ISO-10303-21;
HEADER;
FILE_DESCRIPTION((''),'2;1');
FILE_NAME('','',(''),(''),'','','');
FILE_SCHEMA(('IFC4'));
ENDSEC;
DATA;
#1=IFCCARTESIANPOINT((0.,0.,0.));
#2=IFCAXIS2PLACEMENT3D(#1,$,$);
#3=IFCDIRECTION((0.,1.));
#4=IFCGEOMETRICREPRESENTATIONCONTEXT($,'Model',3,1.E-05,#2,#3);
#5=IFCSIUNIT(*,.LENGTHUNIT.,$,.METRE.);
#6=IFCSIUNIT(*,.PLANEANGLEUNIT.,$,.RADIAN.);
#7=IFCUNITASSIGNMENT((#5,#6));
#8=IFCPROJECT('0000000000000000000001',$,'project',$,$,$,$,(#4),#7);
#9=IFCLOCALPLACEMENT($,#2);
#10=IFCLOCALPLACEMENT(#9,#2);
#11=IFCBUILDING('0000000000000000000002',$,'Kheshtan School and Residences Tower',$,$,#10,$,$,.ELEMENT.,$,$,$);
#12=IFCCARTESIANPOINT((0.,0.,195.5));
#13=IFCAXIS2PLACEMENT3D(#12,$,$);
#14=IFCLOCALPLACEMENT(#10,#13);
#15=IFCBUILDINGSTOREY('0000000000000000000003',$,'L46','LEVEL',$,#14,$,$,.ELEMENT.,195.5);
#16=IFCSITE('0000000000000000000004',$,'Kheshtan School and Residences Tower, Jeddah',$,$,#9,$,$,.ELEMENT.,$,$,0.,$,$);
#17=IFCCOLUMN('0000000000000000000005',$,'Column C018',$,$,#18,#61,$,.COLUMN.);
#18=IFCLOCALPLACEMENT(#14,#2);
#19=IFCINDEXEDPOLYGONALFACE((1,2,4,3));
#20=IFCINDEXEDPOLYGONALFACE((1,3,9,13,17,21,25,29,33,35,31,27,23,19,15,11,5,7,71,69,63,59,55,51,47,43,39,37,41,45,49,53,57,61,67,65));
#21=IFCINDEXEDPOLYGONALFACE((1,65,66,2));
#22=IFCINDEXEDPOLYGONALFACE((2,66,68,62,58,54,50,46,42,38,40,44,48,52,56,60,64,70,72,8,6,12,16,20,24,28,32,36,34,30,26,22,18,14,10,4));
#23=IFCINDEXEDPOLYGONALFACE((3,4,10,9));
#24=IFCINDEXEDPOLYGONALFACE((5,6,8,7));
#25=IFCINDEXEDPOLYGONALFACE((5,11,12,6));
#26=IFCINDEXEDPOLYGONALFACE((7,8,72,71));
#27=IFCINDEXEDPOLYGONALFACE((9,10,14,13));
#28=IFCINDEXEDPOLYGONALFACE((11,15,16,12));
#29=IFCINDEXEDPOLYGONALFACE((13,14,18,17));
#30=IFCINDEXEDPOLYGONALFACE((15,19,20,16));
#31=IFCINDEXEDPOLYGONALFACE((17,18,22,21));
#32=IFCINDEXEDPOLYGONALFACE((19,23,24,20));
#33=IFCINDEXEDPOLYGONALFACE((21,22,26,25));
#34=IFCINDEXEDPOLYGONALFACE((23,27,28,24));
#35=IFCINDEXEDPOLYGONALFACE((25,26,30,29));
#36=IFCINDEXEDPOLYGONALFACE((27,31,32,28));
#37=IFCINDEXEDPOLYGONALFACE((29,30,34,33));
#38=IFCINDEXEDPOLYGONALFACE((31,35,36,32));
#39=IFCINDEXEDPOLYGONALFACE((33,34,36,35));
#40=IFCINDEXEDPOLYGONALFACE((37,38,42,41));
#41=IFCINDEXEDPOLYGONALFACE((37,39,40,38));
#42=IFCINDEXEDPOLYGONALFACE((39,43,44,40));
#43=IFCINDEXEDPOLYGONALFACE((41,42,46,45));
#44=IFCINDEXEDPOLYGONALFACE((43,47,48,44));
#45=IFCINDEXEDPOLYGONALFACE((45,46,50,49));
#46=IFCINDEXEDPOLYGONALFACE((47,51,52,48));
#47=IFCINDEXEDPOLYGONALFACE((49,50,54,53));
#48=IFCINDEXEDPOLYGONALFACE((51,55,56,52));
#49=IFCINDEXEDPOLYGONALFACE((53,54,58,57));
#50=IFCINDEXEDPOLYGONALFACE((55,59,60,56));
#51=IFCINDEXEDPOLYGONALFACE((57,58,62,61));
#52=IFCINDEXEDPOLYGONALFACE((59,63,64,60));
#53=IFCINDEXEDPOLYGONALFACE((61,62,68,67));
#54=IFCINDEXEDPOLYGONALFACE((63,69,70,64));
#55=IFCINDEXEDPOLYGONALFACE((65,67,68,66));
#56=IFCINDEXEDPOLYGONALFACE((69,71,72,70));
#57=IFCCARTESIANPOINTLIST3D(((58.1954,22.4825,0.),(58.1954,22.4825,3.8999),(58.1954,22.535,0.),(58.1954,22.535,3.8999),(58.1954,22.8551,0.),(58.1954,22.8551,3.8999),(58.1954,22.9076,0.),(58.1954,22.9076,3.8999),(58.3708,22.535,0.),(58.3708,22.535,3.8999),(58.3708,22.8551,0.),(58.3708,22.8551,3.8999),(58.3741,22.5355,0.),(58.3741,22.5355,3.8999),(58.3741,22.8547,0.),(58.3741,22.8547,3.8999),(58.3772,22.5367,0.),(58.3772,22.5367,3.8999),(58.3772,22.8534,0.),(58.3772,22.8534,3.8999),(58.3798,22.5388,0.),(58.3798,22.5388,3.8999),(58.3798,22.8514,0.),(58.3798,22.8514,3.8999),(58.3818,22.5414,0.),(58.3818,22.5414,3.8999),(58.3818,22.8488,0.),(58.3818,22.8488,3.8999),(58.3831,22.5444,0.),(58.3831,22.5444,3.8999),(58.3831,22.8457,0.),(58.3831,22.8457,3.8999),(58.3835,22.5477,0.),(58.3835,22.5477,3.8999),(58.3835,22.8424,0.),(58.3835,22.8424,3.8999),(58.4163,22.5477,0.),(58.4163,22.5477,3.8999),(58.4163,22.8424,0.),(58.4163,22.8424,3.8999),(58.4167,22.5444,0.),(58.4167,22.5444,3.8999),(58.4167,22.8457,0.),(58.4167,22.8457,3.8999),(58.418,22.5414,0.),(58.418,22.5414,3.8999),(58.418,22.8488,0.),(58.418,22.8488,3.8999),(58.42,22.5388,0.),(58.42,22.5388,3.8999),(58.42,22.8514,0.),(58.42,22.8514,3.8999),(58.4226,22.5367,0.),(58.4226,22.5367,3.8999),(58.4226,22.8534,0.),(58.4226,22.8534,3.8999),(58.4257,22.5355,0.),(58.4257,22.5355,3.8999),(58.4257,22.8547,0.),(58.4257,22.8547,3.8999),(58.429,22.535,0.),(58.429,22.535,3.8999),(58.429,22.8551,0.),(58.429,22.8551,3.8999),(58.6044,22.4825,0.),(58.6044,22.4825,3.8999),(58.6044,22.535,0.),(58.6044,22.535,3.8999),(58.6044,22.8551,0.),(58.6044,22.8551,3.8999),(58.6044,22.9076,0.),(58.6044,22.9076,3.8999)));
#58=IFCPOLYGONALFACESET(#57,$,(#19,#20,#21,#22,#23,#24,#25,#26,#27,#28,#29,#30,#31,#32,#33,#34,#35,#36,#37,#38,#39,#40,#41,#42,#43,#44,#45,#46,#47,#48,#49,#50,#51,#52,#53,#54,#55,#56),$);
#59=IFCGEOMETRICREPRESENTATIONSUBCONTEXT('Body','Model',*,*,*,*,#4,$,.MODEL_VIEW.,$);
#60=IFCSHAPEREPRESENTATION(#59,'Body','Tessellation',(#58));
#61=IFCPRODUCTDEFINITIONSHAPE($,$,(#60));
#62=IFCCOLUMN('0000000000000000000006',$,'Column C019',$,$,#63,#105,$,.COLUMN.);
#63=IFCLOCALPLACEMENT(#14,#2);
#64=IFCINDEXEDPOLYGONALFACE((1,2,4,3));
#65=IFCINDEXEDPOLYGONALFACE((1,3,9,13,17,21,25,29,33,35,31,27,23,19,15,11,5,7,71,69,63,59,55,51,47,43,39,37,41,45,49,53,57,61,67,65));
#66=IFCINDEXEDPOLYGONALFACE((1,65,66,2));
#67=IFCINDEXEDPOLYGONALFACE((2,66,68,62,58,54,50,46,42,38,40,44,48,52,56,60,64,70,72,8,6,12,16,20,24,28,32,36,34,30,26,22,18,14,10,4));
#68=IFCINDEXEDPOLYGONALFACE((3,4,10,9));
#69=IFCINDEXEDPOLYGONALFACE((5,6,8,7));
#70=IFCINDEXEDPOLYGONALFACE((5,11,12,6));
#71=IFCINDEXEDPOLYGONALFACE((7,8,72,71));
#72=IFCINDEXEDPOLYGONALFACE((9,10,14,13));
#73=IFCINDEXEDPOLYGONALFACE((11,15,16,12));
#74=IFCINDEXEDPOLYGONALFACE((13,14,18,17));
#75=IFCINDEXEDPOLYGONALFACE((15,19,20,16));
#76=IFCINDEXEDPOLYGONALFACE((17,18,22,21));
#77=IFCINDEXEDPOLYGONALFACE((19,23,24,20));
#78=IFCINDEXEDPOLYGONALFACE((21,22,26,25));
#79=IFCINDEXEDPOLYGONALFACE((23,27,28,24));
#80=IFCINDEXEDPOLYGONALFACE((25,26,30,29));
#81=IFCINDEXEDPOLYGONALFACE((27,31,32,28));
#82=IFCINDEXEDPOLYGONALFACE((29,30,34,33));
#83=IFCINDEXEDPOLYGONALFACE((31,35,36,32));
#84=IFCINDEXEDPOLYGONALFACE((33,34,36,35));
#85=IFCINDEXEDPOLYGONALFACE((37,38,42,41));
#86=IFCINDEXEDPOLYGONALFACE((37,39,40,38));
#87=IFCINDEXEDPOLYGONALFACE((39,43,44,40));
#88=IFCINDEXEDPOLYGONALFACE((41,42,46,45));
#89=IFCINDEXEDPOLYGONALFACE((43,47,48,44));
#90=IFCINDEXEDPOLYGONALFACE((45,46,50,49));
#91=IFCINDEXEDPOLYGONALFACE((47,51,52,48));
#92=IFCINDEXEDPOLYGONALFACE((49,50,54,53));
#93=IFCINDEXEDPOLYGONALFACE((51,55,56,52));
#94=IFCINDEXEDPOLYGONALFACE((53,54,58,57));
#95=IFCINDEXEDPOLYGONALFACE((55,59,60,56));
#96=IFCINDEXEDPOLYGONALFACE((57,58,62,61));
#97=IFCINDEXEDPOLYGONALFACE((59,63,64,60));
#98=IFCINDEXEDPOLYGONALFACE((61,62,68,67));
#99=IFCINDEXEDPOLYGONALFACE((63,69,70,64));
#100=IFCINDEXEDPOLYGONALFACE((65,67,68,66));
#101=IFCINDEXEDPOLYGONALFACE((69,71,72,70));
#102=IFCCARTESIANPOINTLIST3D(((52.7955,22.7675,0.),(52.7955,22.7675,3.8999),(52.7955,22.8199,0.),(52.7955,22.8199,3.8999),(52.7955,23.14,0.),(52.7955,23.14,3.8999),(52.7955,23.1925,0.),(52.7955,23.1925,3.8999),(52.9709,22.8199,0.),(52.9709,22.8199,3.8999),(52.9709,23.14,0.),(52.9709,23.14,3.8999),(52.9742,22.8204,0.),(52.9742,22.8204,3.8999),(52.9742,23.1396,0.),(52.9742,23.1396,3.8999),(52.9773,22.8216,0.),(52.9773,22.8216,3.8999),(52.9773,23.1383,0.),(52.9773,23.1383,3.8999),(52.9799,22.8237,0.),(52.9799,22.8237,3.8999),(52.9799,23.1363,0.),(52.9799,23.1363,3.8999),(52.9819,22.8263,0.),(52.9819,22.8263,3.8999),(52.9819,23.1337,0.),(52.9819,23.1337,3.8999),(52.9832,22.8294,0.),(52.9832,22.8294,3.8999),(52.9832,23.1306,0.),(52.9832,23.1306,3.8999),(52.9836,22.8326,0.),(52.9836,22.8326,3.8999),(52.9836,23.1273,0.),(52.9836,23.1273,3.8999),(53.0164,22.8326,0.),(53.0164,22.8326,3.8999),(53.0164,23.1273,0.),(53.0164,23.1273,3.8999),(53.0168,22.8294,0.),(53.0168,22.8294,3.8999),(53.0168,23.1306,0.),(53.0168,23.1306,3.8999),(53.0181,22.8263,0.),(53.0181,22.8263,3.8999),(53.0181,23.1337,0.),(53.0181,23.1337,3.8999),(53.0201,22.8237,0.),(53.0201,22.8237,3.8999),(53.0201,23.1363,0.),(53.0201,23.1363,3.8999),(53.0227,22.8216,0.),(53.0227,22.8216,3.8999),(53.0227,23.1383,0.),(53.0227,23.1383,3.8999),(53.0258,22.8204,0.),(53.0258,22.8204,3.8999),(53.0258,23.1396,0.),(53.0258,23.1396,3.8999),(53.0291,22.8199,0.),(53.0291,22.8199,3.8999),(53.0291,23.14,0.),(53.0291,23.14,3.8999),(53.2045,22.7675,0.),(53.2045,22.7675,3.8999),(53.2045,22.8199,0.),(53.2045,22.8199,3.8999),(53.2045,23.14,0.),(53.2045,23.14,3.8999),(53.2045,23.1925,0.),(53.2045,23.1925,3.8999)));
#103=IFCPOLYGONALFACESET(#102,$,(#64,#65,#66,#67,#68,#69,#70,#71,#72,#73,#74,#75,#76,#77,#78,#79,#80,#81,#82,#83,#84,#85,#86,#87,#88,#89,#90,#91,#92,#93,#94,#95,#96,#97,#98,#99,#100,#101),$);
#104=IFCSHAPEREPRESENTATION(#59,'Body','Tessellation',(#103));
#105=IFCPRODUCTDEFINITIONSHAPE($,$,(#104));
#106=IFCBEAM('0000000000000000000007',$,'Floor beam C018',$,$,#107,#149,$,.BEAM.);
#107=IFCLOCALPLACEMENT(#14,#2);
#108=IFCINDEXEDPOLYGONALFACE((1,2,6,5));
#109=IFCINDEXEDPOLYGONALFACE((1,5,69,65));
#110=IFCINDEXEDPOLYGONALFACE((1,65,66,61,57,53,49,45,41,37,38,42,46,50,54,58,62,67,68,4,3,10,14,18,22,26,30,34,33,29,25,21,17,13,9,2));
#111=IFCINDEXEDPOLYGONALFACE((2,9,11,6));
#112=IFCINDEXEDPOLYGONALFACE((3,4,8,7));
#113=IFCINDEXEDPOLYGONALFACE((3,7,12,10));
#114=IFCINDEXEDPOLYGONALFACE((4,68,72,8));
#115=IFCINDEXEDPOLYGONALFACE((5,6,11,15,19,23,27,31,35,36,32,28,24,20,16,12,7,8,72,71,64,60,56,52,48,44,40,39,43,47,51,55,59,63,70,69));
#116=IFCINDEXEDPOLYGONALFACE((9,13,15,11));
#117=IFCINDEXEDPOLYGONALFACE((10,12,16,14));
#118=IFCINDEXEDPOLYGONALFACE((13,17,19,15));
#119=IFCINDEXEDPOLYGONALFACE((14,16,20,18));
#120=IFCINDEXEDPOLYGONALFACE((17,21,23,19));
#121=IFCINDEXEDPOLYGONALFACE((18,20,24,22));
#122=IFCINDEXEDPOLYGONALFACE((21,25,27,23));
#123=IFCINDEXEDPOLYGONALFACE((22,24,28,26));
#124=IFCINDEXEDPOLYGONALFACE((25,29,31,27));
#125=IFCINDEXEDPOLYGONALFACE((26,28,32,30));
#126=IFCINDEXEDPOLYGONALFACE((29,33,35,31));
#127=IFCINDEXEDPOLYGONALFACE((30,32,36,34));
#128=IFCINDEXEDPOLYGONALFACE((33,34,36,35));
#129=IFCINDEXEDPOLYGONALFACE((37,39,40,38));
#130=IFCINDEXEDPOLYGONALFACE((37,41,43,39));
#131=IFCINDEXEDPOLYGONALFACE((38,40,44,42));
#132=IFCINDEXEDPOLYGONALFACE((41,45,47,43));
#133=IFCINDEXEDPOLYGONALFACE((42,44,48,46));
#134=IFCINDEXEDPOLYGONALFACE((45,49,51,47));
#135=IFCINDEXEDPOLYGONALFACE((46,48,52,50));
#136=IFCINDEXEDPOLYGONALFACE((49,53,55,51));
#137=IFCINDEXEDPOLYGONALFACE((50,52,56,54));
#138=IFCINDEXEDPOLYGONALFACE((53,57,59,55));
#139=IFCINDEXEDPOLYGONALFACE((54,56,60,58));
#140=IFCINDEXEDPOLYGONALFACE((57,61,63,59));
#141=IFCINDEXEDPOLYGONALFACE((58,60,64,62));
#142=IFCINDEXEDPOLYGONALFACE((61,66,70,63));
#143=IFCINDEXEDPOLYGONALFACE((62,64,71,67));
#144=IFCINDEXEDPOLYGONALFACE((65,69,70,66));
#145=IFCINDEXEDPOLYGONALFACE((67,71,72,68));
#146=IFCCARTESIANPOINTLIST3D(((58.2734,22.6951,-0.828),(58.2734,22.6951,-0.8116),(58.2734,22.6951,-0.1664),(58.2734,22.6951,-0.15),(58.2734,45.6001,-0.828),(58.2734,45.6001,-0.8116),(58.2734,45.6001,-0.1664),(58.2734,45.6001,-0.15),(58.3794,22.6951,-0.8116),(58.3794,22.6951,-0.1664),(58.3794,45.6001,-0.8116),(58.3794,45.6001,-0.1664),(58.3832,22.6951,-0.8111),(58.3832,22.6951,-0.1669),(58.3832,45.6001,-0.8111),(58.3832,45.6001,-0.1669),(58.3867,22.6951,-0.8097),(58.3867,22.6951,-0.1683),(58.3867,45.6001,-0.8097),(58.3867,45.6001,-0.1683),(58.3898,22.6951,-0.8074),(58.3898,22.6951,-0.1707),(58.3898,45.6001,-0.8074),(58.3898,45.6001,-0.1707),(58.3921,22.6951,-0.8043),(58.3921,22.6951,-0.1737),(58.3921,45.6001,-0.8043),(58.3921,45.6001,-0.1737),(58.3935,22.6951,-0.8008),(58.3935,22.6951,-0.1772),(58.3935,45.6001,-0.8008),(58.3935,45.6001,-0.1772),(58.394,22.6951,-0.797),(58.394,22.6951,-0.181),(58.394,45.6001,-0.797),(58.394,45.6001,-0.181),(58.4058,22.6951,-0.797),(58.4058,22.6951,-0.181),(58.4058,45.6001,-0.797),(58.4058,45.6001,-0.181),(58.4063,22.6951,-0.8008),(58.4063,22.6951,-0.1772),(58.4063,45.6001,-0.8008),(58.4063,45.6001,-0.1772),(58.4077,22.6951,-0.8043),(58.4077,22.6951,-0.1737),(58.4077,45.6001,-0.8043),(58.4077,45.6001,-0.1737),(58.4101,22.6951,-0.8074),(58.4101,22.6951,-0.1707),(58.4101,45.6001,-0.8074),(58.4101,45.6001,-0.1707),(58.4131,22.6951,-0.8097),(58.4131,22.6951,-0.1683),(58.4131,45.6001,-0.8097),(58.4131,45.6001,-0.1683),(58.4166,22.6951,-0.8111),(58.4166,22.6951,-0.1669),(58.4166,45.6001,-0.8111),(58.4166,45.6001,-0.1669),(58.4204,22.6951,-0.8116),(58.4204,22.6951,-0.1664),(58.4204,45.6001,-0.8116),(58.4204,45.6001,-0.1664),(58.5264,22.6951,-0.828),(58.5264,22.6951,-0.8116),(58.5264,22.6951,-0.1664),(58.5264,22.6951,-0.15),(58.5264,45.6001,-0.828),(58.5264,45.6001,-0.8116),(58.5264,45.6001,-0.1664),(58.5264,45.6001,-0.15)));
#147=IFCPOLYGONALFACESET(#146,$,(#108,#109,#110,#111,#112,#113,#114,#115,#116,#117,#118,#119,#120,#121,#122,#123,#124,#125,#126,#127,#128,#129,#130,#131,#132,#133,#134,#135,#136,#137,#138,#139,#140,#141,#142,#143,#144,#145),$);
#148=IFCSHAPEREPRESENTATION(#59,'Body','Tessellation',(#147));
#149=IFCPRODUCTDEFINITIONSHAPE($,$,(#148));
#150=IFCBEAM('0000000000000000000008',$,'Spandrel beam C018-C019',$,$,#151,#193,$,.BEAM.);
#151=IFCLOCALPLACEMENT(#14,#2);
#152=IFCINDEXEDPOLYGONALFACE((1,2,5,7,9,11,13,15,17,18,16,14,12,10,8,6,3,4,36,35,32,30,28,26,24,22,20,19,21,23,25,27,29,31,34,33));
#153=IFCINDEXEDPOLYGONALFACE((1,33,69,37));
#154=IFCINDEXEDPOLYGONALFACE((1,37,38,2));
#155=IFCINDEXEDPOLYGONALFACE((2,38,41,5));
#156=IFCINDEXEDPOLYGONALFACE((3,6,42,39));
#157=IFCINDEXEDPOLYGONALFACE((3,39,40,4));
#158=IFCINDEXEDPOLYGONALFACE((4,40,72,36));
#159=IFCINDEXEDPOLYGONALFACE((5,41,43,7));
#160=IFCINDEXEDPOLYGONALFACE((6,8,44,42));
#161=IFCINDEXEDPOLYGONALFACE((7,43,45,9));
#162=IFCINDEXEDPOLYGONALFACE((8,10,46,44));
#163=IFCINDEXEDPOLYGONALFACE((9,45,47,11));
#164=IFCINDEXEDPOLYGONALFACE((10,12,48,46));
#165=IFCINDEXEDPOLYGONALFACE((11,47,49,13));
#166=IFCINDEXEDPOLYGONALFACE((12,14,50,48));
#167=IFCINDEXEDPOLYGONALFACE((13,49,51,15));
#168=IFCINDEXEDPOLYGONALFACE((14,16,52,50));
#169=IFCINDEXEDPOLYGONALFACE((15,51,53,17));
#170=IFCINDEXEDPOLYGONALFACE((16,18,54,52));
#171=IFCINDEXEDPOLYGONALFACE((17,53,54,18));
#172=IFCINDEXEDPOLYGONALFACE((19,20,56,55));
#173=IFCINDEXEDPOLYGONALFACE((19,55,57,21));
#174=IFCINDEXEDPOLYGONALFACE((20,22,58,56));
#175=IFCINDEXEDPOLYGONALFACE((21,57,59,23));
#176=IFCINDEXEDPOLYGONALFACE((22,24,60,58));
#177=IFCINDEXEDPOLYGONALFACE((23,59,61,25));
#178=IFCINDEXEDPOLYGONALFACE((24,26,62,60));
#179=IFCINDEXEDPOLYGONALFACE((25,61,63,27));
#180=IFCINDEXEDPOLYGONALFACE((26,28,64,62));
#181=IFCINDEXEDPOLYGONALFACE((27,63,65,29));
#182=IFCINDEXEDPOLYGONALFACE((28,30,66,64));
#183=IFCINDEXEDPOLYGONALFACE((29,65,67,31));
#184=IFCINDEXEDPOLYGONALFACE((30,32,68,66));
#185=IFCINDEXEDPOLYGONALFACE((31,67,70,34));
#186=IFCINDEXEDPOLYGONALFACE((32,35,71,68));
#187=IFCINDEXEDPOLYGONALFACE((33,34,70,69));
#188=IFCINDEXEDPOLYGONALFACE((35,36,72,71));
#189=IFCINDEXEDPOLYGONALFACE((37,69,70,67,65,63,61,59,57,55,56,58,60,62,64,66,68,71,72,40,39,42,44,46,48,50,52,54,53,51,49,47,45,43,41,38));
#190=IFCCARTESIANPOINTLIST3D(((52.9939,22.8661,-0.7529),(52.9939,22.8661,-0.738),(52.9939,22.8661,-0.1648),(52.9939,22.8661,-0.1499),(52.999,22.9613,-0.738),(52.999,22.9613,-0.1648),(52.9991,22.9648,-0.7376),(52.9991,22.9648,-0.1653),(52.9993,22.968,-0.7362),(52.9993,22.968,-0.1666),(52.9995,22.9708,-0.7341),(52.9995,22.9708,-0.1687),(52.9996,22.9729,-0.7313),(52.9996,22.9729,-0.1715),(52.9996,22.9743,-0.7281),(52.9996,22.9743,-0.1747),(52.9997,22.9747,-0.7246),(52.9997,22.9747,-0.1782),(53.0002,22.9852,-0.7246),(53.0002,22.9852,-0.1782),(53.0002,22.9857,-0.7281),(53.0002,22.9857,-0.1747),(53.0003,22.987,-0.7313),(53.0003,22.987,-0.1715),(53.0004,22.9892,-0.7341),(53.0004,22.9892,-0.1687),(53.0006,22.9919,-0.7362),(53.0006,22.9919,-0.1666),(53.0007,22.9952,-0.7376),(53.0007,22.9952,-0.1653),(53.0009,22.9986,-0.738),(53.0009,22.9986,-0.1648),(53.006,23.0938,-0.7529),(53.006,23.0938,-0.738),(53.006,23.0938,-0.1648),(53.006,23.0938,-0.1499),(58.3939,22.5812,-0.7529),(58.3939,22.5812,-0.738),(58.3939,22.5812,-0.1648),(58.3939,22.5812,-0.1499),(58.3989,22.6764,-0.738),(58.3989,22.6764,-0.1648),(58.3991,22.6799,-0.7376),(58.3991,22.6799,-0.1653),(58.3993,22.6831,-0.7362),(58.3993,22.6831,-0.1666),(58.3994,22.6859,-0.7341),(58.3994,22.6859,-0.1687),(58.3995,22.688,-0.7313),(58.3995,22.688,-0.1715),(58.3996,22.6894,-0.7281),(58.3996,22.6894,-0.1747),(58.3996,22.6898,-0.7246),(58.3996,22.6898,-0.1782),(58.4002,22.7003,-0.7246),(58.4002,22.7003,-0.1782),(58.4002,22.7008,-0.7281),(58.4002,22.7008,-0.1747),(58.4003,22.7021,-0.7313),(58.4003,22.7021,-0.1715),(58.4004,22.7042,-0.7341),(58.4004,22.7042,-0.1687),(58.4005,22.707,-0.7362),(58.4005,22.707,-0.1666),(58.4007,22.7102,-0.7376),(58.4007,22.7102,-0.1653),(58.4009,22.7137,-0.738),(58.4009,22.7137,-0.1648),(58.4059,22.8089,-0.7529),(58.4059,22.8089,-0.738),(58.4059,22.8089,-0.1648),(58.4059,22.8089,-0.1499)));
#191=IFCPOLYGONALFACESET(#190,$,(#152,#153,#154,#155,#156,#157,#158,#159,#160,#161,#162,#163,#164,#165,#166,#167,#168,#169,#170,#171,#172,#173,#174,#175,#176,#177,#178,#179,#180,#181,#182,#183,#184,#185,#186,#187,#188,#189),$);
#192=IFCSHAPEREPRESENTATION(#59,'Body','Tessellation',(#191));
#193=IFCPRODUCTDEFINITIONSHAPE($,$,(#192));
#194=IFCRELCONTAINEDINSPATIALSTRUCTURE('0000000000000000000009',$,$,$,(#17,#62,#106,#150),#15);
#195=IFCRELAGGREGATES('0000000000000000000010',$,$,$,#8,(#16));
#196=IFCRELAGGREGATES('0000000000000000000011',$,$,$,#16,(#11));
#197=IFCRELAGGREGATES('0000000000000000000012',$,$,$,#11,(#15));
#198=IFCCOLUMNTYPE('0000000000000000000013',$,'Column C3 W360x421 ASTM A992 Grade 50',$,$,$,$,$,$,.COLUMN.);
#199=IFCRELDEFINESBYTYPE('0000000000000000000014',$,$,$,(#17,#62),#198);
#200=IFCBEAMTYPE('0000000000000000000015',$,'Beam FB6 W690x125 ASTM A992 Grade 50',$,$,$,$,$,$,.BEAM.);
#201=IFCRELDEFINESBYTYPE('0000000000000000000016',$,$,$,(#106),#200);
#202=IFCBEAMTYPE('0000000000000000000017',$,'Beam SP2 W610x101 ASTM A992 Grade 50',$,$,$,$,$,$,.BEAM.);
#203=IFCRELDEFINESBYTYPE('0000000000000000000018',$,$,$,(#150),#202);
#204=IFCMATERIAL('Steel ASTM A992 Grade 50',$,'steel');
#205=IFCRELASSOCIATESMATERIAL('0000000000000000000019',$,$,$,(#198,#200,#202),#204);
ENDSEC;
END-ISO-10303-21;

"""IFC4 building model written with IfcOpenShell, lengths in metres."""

from ifc_helpers import new_model, si_unit, direction, frame, origin, origin_2d, place, context, subcontext, project, spatial, i_section, extrude, material, material_profile, profile_set, type_object, element, save


model = new_model("IFC4")

# Units and contexts
model_context = context("Model", 3, precision=1e-05, world=origin(), true_north=direction((0.0, 1.0)))
body_context = subcontext(model_context, "Body", "Model", "MODEL_VIEW")
ifc_project = project(units=[si_unit("LENGTHUNIT", "METRE"), si_unit("PLANEANGLEUNIT", "RADIAN")], contexts=[model_context])

# Site, building, storey
site_placement = place(None, origin())
site = spatial("IfcSite", under=ifc_project, at=site_placement, Name="Kheshtan School and Residences Tower, Jeddah", CompositionType="ELEMENT", RefElevation=0.0)
building_placement = place(site_placement, origin())
building = spatial("IfcBuilding", under=site, at=building_placement, Name="Kheshtan School and Residences Tower", CompositionType="ELEMENT")
storey_placement = place(building_placement, frame((0.0, 0.0, 195.5)))
storey = spatial("IfcBuildingStorey", under=building, at=storey_placement, Name="L46", Description="LEVEL", CompositionType="ELEMENT", Elevation=195.5)

# Columns
ifc_material_1 = material(Name="Steel ASTM A992 Grade 50", Category="steel")
ifc_material_profile_1 = material_profile(ifc_material_1, i_section(OverallWidth=0.4089, OverallDepth=0.425, WebThickness=0.0327, FlangeThickness=0.0525, FilletRadius=0.0127, at=origin_2d()), Name="W360x421")
ifc_profile_set_1 = profile_set([ifc_material_profile_1], Name="Steel ASTM A992 Grade 50")
column_type = type_object("IfcColumnType", Name="Column C3 W360x421 ASTM A992 Grade 50", PredefinedType="COLUMN", material=ifc_profile_set_1)
for number, where, z_axis, x_axis, name in (
    (1, (58.3999, 22.6951, 0.0), (0.0, 0.0, 1.0), (1.0, 0.0, 0.0), "Column C018"),
    (2, (53.0, 22.98, 0.0), (0.0, 0.0, 1.0), (1.0, 0.0, 0.0), "Column C019"),
):
    element("IfcColumn", number, at=place(storey_placement, frame(where, z_axis=z_axis, x_axis=x_axis)), inside=storey, type_object=column_type, Name=name, PredefinedType="COLUMN", context=body_context, shape_type="SweptSolid", body=[
        extrude(i_section(OverallWidth=0.4089, OverallDepth=0.425, WebThickness=0.0327, FlangeThickness=0.0525, FilletRadius=0.0127, at=origin_2d()), origin(), (0.0, 0.0, 1.0), 3.8999),
    ])

# Beams
ifc_material_profile_2 = material_profile(ifc_material_1, i_section(OverallWidth=0.2529, OverallDepth=0.678, WebThickness=0.0117, FlangeThickness=0.0164, FilletRadius=0.0146, at=origin_2d()), Name="W690x125")
ifc_profile_set_2 = profile_set([ifc_material_profile_2], Name="Steel ASTM A992 Grade 50")
beam_type_1 = type_object("IfcBeamType", Name="Beam FB6 W690x125 ASTM A992 Grade 50", PredefinedType="BEAM", material=ifc_profile_set_2)
beam_placement = place(storey_placement, frame((58.3999, 22.6951, -0.489), z_axis=(0.0, 1.0, 0.0), x_axis=(-1.0, 0.0, 0.0)))
element("IfcBeam", 3, at=beam_placement, inside=storey, type_object=beam_type_1, Name="Floor beam C018", PredefinedType="BEAM", context=body_context, shape_type="SweptSolid", body=[
    extrude(i_section(OverallWidth=0.2529, OverallDepth=0.678, WebThickness=0.0117, FlangeThickness=0.0164, FilletRadius=0.0146, at=origin_2d()), origin(), (0.0, 0.0, 1.0), 22.905),
])
ifc_material_profile_3 = material_profile(ifc_material_1, i_section(OverallWidth=0.228, OverallDepth=0.603, WebThickness=0.0105, FlangeThickness=0.0149, FilletRadius=0.0134, at=origin_2d()), Name="W610x101")
ifc_profile_set_3 = profile_set([ifc_material_profile_3], Name="Steel ASTM A992 Grade 50")
beam_type_2 = type_object("IfcBeamType", Name="Beam SP2 W610x101 ASTM A992 Grade 50", PredefinedType="BEAM", material=ifc_profile_set_3)
for number, where, z_axis, x_axis, name in (
    (4, (58.3999, 22.6951, -0.4514), (-0.998611, 0.052689, 0.0), (-0.052689, -0.998611, 0.0), "Spandrel beam C018-C019"),
):
    element("IfcBeam", number, at=place(storey_placement, frame(where, z_axis=z_axis, x_axis=x_axis)), inside=storey, type_object=beam_type_2, Name=name, PredefinedType="BEAM", context=body_context, shape_type="SweptSolid", body=[
        extrude(i_section(OverallWidth=0.228, OverallDepth=0.603, WebThickness=0.0105, FlangeThickness=0.0149, FilletRadius=0.0134, at=origin_2d()), origin(), (0.0, 0.0, 1.0), 5.4075),
    ])

save(model, "model.ifc")
